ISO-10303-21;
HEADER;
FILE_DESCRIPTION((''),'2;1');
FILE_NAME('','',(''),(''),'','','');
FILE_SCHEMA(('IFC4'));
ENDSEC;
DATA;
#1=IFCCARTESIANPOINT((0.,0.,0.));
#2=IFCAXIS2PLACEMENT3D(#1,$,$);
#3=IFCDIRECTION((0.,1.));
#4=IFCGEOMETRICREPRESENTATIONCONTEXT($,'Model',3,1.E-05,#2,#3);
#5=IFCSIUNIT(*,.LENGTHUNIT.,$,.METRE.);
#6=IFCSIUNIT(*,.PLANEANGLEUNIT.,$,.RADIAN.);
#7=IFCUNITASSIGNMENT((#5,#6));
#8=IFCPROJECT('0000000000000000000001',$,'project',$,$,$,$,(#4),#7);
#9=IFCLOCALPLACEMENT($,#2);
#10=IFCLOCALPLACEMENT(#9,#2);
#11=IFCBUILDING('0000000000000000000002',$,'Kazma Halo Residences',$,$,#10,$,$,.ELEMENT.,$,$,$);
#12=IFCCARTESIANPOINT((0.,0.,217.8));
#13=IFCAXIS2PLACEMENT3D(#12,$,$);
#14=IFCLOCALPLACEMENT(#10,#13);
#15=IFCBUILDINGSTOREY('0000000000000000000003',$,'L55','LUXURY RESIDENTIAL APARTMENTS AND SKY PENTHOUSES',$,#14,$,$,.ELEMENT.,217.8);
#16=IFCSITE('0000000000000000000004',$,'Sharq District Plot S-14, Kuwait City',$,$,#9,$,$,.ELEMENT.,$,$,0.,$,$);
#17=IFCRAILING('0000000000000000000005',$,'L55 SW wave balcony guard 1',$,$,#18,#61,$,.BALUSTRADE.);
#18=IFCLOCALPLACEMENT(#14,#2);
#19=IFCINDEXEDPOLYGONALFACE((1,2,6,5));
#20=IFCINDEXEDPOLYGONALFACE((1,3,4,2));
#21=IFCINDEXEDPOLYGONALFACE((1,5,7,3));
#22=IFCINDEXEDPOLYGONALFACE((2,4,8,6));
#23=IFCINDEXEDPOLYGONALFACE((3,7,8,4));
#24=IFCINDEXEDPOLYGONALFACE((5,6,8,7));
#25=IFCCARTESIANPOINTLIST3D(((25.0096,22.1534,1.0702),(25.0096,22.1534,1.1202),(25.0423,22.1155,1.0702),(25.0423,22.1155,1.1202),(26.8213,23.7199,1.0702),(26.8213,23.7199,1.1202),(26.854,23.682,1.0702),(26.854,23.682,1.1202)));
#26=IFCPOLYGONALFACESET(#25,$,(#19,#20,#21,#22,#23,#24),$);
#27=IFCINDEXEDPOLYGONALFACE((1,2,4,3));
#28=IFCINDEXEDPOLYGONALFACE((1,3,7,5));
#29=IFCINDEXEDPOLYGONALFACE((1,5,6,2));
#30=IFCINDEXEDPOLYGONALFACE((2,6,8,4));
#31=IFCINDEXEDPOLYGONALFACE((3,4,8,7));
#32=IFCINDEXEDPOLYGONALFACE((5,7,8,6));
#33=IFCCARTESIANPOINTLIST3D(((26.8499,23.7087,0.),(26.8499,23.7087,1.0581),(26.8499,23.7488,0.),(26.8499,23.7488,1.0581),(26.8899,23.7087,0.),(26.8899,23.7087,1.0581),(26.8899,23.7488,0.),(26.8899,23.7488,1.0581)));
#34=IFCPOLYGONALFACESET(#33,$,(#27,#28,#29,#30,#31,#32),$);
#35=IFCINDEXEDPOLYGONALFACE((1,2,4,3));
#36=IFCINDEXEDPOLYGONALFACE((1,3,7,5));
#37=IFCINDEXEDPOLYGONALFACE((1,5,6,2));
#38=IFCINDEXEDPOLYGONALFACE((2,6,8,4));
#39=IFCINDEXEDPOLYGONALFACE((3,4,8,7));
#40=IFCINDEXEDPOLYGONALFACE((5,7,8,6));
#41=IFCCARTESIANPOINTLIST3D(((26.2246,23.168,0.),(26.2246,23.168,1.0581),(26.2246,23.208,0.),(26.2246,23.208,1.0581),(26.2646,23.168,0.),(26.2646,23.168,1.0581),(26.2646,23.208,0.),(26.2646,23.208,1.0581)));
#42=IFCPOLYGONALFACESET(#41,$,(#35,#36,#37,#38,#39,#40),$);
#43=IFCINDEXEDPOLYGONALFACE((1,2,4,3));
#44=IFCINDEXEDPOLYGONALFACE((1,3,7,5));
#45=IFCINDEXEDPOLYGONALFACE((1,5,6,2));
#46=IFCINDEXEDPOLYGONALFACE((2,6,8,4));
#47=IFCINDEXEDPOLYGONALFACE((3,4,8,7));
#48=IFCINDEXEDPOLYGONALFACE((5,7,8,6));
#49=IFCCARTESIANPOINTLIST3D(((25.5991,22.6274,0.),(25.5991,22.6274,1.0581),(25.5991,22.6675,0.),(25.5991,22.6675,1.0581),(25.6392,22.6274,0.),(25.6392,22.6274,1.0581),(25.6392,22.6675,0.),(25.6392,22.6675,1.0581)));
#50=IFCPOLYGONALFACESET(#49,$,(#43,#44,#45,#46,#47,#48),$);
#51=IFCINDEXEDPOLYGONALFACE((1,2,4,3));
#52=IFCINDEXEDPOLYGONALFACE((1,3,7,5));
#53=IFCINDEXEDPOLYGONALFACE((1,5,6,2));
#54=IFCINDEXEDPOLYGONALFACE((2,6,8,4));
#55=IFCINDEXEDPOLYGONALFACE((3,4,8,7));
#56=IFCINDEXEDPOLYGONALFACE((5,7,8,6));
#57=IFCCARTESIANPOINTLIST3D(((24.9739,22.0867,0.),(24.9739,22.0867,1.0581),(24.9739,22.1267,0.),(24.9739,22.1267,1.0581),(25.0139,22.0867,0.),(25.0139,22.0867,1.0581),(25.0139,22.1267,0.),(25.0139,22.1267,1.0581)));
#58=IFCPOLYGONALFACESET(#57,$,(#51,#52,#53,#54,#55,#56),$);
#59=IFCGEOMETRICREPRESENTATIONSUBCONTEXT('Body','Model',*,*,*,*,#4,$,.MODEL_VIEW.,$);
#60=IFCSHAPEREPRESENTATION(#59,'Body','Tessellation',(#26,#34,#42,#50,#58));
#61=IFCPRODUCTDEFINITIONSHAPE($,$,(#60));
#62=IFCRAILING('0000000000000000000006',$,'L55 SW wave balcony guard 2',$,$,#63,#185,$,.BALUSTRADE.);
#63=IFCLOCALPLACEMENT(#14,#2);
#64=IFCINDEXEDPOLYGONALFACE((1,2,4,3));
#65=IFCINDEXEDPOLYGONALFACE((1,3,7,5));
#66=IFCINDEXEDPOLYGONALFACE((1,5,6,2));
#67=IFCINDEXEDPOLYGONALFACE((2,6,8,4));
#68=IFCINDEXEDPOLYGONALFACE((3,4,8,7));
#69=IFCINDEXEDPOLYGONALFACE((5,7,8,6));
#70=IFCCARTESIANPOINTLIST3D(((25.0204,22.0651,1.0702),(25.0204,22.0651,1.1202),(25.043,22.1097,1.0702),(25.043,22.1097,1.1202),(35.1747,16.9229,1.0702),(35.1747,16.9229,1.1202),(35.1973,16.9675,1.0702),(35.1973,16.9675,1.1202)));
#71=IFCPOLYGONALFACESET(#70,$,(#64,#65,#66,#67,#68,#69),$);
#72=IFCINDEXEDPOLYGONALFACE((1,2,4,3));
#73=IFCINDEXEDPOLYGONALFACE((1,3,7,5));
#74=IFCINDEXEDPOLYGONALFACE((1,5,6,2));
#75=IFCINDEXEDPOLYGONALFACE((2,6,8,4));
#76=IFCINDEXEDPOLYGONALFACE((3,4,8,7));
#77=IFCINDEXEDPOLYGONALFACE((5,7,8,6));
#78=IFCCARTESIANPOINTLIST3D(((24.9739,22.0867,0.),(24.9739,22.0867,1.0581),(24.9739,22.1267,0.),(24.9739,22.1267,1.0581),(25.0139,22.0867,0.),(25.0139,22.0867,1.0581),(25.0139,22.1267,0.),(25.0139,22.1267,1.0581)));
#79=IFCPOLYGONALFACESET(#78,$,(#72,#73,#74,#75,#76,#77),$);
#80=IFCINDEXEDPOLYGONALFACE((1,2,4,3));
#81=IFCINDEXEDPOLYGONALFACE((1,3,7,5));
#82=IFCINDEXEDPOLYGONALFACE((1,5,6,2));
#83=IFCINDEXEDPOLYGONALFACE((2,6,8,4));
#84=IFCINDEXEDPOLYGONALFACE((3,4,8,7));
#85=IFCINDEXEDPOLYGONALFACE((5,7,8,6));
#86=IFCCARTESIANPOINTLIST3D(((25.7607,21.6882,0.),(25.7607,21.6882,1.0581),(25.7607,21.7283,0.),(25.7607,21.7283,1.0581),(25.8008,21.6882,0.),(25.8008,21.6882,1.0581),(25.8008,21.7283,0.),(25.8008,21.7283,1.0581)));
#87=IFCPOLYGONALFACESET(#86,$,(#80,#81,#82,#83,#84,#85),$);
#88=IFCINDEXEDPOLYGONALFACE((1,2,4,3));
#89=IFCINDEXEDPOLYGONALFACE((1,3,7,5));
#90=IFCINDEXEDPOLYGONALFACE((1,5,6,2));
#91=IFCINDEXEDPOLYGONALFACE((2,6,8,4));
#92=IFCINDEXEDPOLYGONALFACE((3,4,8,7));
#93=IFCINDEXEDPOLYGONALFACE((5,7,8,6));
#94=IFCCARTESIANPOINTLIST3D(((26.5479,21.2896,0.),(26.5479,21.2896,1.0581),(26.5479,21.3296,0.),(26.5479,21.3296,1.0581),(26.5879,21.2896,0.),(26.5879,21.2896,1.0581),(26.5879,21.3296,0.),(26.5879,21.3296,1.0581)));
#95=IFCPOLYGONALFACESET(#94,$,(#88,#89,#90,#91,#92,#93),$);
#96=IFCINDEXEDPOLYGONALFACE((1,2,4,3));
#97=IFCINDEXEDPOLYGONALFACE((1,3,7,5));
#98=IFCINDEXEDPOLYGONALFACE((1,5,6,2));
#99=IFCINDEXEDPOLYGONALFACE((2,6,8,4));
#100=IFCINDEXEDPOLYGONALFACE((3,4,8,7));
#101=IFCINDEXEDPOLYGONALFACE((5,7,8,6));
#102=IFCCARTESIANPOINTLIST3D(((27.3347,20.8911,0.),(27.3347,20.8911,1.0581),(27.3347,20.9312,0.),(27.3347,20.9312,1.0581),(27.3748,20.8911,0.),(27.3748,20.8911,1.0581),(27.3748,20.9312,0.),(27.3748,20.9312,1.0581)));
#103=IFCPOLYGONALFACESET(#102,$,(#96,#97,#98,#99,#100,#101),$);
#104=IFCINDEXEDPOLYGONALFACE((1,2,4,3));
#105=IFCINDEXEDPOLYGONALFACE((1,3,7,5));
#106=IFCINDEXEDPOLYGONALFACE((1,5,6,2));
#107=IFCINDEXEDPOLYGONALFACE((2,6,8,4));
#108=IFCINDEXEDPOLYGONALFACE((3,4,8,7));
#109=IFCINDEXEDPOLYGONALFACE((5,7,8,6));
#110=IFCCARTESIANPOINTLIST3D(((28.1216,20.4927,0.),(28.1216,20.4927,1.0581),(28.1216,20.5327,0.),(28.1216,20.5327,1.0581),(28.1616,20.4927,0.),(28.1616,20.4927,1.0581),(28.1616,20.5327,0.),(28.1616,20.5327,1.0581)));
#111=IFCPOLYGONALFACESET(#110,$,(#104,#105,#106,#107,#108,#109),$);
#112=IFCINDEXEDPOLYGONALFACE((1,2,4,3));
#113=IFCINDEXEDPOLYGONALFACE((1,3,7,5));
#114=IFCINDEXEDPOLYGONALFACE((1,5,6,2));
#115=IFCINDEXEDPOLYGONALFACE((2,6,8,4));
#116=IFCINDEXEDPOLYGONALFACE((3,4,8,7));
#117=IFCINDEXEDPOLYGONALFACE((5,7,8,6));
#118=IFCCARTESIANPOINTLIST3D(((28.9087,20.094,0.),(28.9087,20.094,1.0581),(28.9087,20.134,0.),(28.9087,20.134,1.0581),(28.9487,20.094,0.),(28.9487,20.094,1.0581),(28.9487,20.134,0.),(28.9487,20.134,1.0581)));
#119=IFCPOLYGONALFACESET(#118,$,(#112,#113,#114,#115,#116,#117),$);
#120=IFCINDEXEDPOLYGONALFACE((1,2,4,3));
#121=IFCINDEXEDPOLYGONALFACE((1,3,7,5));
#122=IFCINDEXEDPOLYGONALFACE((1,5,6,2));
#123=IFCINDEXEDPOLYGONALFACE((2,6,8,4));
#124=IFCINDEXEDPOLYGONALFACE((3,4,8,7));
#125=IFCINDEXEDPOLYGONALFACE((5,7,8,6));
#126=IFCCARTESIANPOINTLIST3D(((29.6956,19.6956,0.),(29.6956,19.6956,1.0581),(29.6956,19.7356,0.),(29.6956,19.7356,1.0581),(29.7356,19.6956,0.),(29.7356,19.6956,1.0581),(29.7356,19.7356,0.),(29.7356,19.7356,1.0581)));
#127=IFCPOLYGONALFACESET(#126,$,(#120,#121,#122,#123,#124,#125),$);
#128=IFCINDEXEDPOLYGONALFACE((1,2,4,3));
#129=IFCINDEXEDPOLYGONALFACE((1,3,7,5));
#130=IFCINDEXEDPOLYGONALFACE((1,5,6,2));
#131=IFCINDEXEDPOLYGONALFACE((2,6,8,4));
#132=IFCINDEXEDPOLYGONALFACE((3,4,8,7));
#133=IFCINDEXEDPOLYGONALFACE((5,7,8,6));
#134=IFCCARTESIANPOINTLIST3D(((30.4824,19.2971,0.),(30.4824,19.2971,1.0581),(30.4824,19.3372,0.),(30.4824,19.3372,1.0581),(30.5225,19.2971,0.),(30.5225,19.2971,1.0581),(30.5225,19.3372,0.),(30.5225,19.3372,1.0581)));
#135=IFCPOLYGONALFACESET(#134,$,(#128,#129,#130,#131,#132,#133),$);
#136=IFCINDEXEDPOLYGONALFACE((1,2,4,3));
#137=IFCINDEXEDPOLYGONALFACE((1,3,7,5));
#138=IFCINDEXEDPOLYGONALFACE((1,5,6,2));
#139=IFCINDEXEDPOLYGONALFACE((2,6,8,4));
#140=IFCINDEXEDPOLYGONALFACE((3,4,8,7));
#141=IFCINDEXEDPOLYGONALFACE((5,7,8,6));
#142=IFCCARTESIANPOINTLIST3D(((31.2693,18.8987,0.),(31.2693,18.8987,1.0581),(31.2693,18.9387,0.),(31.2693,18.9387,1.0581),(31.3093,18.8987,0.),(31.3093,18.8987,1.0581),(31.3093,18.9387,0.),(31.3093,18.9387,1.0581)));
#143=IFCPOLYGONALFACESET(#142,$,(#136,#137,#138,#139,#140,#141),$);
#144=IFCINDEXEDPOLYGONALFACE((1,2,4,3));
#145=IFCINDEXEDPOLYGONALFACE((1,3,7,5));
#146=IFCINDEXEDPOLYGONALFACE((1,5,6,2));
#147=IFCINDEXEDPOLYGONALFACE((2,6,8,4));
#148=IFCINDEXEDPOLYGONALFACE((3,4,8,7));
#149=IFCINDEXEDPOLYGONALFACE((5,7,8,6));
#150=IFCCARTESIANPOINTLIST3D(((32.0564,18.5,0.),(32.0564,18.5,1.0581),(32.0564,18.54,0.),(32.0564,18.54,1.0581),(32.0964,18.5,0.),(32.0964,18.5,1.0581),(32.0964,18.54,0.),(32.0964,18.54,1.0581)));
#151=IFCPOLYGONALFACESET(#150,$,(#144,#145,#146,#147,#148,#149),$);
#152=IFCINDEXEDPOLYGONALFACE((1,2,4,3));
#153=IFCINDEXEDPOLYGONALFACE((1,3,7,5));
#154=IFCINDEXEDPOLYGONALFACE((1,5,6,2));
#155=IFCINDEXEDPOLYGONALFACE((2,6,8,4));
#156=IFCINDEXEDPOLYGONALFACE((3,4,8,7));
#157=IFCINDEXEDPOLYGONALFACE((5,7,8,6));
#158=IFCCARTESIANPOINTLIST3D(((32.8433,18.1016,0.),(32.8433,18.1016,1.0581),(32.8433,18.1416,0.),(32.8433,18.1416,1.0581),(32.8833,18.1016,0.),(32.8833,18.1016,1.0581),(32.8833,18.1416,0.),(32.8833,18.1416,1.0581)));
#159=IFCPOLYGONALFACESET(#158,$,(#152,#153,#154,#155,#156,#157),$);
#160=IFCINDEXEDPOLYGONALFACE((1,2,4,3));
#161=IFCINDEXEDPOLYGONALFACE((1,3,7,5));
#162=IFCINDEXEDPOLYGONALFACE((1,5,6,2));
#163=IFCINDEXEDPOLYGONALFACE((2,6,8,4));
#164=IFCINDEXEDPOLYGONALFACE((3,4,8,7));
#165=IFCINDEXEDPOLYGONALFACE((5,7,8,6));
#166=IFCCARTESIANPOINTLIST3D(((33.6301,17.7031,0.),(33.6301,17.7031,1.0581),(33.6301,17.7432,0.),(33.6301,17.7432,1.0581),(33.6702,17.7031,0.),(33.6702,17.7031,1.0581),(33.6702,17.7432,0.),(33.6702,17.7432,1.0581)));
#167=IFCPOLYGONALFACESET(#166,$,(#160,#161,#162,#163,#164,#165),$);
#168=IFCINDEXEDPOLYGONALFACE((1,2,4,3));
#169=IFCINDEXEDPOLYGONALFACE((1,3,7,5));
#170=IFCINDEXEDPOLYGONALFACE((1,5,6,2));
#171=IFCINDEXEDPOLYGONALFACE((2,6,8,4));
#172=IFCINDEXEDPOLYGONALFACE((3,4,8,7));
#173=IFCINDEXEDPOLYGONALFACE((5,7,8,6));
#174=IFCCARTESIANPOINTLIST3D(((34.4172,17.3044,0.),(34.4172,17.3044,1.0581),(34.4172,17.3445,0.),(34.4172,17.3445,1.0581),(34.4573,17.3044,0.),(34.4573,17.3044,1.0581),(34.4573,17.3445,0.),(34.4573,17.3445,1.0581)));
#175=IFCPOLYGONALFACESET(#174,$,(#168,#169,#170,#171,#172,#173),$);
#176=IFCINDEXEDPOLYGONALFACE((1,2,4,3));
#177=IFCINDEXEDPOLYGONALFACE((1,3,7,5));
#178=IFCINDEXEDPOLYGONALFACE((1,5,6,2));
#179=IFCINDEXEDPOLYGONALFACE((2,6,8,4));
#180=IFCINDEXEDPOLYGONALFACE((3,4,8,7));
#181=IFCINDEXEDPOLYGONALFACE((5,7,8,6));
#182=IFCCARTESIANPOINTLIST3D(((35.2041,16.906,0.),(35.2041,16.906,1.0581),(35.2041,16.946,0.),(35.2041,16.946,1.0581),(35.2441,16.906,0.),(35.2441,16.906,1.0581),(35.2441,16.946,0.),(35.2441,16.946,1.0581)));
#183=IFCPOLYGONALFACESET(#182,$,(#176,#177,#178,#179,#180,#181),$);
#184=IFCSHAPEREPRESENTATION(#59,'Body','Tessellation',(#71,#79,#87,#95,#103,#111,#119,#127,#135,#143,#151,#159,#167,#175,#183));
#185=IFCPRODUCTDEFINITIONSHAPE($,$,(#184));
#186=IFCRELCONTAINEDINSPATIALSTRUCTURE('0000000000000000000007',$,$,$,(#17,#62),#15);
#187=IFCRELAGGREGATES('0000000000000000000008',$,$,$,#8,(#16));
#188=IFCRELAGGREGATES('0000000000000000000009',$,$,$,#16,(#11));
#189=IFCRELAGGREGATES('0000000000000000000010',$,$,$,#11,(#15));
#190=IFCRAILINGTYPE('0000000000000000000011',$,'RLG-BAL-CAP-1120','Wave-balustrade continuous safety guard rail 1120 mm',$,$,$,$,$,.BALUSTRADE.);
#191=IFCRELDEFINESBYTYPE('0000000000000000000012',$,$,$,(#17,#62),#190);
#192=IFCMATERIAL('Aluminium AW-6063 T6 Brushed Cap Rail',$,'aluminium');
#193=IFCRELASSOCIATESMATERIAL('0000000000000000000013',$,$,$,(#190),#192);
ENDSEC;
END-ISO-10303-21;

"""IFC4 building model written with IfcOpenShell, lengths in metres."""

from ifc_helpers import new_model, si_unit, direction, frame, origin, origin_2d, place, context, subcontext, project, spatial, rectangle, extrude, material, type_object, element, save


model = new_model("IFC4")

# Units and contexts
model_context = context("Model", 3, precision=1e-05, world=origin(), true_north=direction((0.0, 1.0)))
body_context = subcontext(model_context, "Body", "Model", "MODEL_VIEW")
ifc_project = project(units=[si_unit("LENGTHUNIT", "METRE"), si_unit("PLANEANGLEUNIT", "RADIAN")], contexts=[model_context])

# Site, building, storey
site_placement = place(None, origin())
site = spatial("IfcSite", under=ifc_project, at=site_placement, Name="Sharq District Plot S-14, Kuwait City", CompositionType="ELEMENT", RefElevation=0.0)
building_placement = place(site_placement, origin())
building = spatial("IfcBuilding", under=site, at=building_placement, Name="Kazma Halo Residences", CompositionType="ELEMENT")
storey_placement = place(building_placement, frame((0.0, 0.0, 217.8)))
storey = spatial("IfcBuildingStorey", under=building, at=storey_placement, Name="L55", Description="LUXURY RESIDENTIAL APARTMENTS AND SKY PENTHOUSES", CompositionType="ELEMENT", Elevation=217.8)

# Railings
ifc_material_1 = material(Name="Aluminium AW-6063 T6 Brushed Cap Rail", Category="aluminium")
railing_type = type_object("IfcRailingType", Name="RLG-BAL-CAP-1120", Description="Wave-balustrade continuous safety guard rail 1120 mm", PredefinedType="BALUSTRADE", material=ifc_material_1)
railing_1_placement = place(storey_placement, frame((26.8699, 23.7288, 0.0)))
element("IfcRailing", 1, at=railing_1_placement, inside=storey, type_object=railing_type, Name="L55 SW wave balcony guard 1", PredefinedType="BALUSTRADE", context=body_context, shape_type="SweptSolid", body=[
    extrude(rectangle(XDim=0.05, YDim=0.05, at=origin_2d()), frame((-0.0322, -0.0278, 1.0952), z_axis=(-0.756442, -0.654061, 0.0), x_axis=(0.654061, -0.756442, 0.0)), (0.0, 0.0, 1.0), 2.395),
    extrude(rectangle(XDim=0.04, YDim=0.04, at=origin_2d()), origin(), (0.0, 0.0, 1.0), 1.0581),
    extrude(rectangle(XDim=0.04, YDim=0.04, at=origin_2d()), frame((-0.6252, -0.5408, 0.0)), (0.0, 0.0, 1.0), 1.0581),
    extrude(rectangle(XDim=0.04, YDim=0.04, at=origin_2d()), frame((-1.2507, -1.0813, 0.0)), (0.0, 0.0, 1.0), 1.0581),
    extrude(rectangle(XDim=0.04, YDim=0.04, at=origin_2d()), frame((-1.876, -1.6221, 0.0)), (0.0, 0.0, 1.0), 1.0581),
])
railing_2_placement = place(storey_placement, frame((24.9939, 22.1067, 0.0)))
element("IfcRailing", 2, at=railing_2_placement, inside=storey, type_object=railing_type, Name="L55 SW wave balcony guard 2", PredefinedType="BALUSTRADE", context=body_context, shape_type="SweptSolid", body=[
    extrude(rectangle(XDim=0.05, YDim=0.05, at=origin_2d()), frame((0.0378, -0.0193, 1.0952), z_axis=(0.892129, -0.451781, 0.0), x_axis=(0.451781, 0.892129, 0.0)), (0.0, 0.0, 1.0), 11.3821),
    extrude(rectangle(XDim=0.04, YDim=0.04, at=origin_2d()), origin(), (0.0, 0.0, 1.0), 1.0581),
    extrude(rectangle(XDim=0.04, YDim=0.04, at=origin_2d()), frame((0.7869, -0.3984, 0.0)), (0.0, 0.0, 1.0), 1.0581),
    extrude(rectangle(XDim=0.04, YDim=0.04, at=origin_2d()), frame((1.574, -0.7971, 0.0)), (0.0, 0.0, 1.0), 1.0581),
    extrude(rectangle(XDim=0.04, YDim=0.04, at=origin_2d()), frame((2.3608, -1.1956, 0.0)), (0.0, 0.0, 1.0), 1.0581),
    extrude(rectangle(XDim=0.04, YDim=0.04, at=origin_2d()), frame((3.1477, -1.594, 0.0)), (0.0, 0.0, 1.0), 1.0581),
    extrude(rectangle(XDim=0.04, YDim=0.04, at=origin_2d()), frame((3.9348, -1.9927, 0.0)), (0.0, 0.0, 1.0), 1.0581),
    extrude(rectangle(XDim=0.04, YDim=0.04, at=origin_2d()), frame((4.7217, -2.3911, 0.0)), (0.0, 0.0, 1.0), 1.0581),
    extrude(rectangle(XDim=0.04, YDim=0.04, at=origin_2d()), frame((5.5085, -2.7896, 0.0)), (0.0, 0.0, 1.0), 1.0581),
    extrude(rectangle(XDim=0.04, YDim=0.04, at=origin_2d()), frame((6.2954, -3.188, 0.0)), (0.0, 0.0, 1.0), 1.0581),
    extrude(rectangle(XDim=0.04, YDim=0.04, at=origin_2d()), frame((7.0825, -3.5867, 0.0)), (0.0, 0.0, 1.0), 1.0581),
    extrude(rectangle(XDim=0.04, YDim=0.04, at=origin_2d()), frame((7.8694, -3.9851, 0.0)), (0.0, 0.0, 1.0), 1.0581),
    extrude(rectangle(XDim=0.04, YDim=0.04, at=origin_2d()), frame((8.6562, -4.3835, 0.0)), (0.0, 0.0, 1.0), 1.0581),
    extrude(rectangle(XDim=0.04, YDim=0.04, at=origin_2d()), frame((9.4434, -4.7822, 0.0)), (0.0, 0.0, 1.0), 1.0581),
    extrude(rectangle(XDim=0.04, YDim=0.04, at=origin_2d()), frame((10.2302, -5.1807, 0.0)), (0.0, 0.0, 1.0), 1.0581),
])

save(model, "model.ifc")
